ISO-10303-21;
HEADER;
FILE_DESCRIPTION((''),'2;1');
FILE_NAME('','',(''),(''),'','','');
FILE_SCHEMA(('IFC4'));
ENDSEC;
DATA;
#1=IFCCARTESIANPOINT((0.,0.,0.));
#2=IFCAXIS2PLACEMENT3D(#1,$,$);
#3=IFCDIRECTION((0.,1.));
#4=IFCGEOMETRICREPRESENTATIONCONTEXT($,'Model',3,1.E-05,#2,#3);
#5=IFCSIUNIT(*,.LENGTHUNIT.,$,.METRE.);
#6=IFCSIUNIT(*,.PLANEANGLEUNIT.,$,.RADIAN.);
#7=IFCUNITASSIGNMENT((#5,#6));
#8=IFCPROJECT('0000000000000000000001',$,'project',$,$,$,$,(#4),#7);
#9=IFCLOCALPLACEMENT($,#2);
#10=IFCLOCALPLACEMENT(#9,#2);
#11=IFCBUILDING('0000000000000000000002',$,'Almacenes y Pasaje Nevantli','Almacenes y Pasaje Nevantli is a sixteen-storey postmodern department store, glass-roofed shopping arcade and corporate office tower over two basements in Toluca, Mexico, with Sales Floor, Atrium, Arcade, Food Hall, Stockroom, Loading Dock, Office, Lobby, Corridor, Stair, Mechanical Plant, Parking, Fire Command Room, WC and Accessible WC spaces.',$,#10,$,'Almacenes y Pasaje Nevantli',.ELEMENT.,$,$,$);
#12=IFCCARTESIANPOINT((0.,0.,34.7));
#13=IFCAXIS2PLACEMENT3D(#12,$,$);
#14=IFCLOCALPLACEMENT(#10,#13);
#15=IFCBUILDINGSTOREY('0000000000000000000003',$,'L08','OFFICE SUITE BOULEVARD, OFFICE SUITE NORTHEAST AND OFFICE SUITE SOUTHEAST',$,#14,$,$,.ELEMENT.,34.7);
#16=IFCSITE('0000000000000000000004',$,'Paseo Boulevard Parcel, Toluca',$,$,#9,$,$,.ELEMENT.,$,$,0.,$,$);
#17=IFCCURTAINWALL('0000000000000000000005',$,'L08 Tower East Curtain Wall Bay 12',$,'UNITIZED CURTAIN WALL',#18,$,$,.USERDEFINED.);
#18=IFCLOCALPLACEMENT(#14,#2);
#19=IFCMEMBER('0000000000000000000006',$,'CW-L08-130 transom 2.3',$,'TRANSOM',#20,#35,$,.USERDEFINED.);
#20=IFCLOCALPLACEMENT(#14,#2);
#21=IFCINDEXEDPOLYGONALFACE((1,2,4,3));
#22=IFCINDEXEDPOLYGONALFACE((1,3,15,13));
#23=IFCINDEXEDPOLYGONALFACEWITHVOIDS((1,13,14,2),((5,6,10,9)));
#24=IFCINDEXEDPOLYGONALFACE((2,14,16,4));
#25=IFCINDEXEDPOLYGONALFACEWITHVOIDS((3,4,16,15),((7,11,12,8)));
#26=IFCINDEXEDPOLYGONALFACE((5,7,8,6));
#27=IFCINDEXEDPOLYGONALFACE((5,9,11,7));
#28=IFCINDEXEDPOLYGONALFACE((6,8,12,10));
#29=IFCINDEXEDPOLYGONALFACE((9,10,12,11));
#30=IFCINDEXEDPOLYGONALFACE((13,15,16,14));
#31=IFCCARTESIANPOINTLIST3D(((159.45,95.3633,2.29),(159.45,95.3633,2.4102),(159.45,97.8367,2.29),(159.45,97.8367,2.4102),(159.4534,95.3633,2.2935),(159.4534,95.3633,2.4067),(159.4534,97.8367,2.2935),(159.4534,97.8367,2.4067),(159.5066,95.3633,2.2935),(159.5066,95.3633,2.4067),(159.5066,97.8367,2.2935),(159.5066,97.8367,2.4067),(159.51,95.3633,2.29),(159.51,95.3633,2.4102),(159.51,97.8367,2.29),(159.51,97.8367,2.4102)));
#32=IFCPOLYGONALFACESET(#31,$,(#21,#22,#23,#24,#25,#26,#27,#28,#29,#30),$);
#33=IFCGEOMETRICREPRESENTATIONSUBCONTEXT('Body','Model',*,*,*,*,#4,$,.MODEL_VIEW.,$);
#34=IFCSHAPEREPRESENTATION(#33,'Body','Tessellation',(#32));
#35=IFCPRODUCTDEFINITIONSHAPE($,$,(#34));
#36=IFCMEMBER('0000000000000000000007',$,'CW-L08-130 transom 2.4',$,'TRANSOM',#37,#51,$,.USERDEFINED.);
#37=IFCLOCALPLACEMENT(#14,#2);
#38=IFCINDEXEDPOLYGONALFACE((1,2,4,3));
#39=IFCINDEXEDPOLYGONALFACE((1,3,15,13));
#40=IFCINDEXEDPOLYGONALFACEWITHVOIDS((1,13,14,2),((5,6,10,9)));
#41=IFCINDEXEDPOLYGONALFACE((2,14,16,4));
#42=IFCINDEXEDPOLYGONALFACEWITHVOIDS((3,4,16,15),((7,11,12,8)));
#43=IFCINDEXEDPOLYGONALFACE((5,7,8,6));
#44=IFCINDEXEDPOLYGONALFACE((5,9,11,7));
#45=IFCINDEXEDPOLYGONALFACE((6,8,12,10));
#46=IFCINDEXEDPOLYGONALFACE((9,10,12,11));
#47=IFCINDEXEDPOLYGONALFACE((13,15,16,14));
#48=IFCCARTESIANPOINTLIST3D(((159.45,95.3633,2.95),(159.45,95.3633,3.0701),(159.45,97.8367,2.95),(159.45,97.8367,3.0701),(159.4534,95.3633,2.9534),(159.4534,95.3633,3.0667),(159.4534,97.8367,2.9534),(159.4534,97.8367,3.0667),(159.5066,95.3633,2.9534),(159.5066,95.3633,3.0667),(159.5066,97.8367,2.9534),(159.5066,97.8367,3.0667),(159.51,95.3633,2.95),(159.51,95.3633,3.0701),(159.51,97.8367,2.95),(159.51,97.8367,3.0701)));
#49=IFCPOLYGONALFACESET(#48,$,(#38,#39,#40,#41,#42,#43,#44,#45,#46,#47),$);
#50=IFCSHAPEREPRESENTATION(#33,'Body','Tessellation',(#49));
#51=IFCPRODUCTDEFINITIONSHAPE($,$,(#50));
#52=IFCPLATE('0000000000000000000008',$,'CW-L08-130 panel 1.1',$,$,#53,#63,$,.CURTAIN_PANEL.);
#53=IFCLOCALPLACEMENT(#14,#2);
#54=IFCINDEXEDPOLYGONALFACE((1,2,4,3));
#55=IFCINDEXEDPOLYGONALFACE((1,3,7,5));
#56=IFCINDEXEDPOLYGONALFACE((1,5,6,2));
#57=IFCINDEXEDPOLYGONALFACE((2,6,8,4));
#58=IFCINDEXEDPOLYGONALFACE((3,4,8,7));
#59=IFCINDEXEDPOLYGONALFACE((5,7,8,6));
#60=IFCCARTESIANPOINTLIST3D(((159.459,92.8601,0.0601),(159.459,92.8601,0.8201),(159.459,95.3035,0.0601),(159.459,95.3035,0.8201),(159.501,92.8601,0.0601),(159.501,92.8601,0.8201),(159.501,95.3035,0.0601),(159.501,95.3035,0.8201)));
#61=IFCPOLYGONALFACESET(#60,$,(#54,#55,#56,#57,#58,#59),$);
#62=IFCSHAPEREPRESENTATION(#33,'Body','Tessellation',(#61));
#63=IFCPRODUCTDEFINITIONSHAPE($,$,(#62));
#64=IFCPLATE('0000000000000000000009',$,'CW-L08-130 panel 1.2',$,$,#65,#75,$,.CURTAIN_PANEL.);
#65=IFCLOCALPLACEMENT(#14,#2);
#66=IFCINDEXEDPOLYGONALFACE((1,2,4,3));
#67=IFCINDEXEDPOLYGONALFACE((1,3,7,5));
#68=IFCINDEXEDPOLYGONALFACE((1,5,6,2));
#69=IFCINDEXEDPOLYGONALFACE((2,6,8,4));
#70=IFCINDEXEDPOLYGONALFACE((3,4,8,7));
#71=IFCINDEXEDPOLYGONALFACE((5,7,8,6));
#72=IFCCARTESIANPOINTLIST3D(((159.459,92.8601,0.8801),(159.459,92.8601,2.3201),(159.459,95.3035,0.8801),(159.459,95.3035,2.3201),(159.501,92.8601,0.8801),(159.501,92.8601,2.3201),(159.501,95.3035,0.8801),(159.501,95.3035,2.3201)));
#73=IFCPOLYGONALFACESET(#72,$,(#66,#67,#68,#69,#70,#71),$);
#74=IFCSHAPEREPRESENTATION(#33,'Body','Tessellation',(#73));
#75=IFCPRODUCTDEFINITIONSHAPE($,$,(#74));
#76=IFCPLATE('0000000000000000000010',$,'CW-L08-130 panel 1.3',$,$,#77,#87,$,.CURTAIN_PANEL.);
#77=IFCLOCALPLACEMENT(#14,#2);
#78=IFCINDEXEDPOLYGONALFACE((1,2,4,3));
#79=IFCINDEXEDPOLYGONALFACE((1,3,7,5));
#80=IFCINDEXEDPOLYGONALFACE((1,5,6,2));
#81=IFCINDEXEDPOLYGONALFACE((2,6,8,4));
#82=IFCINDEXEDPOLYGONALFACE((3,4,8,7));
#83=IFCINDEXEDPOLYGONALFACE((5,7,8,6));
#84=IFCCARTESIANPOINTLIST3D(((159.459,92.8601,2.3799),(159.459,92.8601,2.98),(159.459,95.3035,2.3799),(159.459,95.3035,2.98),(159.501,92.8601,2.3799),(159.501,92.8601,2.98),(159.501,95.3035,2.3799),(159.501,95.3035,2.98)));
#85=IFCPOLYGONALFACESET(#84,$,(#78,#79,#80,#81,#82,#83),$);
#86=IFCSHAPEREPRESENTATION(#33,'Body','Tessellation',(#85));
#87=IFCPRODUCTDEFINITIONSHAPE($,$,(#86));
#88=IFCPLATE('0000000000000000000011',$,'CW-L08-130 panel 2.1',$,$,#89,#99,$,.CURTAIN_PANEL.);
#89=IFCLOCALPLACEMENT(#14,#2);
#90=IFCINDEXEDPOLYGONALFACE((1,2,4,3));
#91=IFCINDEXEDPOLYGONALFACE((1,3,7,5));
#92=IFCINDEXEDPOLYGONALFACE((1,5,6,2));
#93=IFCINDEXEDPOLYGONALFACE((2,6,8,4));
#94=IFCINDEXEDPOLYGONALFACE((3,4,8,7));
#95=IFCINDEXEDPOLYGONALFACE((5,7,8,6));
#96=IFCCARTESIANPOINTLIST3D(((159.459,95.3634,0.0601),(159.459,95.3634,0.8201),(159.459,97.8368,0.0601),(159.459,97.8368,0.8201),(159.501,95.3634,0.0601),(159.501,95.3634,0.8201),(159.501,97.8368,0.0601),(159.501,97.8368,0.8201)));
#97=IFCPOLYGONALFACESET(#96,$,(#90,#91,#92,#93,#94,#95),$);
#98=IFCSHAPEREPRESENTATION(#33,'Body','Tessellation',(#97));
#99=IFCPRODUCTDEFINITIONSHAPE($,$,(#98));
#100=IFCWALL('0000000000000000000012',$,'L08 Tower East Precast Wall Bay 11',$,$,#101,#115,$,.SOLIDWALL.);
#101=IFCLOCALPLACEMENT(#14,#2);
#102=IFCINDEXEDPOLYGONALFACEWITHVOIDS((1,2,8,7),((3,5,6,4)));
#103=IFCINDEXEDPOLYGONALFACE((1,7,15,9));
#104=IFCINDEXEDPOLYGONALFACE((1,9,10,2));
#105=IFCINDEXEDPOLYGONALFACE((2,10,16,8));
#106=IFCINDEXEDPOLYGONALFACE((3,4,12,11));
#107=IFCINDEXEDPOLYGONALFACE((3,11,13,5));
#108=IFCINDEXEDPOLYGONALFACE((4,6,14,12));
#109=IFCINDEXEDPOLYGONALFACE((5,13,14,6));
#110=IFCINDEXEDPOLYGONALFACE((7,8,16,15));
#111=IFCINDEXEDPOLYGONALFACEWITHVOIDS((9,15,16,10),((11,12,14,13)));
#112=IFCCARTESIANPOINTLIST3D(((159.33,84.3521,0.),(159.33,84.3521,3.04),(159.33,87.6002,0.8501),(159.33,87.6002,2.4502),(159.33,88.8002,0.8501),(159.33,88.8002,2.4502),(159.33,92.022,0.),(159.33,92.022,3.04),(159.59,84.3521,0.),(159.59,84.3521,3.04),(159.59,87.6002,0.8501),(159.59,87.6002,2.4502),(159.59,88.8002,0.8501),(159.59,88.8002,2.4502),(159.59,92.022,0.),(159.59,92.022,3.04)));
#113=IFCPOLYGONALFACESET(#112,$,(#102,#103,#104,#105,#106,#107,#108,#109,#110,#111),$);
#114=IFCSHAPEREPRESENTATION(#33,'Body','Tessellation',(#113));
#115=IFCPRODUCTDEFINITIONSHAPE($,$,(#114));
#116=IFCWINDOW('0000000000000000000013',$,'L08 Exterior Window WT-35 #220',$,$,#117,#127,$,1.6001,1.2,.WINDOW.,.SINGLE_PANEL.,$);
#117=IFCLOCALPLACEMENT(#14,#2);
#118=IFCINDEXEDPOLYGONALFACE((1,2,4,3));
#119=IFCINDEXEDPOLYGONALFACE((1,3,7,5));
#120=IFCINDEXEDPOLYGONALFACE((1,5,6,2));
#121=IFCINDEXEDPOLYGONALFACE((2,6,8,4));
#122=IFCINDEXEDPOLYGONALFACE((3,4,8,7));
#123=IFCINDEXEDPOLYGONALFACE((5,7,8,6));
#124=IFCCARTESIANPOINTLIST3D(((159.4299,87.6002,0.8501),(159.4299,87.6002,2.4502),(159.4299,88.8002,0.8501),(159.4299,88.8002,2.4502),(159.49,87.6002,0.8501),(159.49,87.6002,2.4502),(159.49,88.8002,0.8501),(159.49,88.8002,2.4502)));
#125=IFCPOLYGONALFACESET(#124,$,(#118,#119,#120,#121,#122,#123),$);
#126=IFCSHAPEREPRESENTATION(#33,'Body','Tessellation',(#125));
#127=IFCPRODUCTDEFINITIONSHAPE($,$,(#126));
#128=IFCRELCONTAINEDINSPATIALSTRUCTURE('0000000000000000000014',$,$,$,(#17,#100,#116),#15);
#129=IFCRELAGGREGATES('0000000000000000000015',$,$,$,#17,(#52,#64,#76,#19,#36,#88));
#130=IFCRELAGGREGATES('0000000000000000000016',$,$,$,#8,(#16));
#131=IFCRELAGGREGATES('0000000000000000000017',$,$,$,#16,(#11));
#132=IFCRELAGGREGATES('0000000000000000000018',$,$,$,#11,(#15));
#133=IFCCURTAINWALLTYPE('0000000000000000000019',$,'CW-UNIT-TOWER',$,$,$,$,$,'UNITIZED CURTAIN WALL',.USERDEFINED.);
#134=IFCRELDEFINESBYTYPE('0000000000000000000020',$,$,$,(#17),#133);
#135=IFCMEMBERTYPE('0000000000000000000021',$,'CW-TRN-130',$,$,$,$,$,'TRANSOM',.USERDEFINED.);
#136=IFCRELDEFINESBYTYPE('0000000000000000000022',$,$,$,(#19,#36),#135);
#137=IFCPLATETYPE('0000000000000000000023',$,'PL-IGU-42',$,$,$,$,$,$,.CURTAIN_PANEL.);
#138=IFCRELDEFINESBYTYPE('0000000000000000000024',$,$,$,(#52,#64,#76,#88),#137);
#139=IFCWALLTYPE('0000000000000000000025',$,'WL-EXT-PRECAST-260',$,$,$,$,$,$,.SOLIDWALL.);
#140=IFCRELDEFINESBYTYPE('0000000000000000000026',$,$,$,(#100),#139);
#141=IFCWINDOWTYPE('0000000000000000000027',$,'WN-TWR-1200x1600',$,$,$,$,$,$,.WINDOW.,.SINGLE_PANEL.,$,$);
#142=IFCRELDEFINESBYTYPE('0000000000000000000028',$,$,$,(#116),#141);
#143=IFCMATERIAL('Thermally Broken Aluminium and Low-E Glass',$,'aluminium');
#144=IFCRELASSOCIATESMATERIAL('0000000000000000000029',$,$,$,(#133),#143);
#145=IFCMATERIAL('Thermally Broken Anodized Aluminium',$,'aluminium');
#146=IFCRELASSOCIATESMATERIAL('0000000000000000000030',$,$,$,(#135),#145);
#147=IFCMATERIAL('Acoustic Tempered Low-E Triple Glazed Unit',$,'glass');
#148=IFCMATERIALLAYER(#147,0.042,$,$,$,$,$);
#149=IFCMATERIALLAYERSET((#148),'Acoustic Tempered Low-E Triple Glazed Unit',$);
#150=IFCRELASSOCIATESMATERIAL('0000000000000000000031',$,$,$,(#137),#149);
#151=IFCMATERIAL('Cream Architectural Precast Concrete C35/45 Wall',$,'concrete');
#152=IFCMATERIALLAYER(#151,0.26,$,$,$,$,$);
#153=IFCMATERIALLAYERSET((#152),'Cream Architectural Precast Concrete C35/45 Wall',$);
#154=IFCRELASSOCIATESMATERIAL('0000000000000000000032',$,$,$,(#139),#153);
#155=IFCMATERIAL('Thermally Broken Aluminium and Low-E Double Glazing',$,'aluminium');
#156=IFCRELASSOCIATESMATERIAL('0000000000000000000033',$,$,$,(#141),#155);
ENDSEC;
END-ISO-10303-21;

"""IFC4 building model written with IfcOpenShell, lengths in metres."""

from ifc_helpers import new_model, si_unit, direction, frame, frame_2d, origin, origin_2d, place, context, subcontext, project, spatial, rectangle, hollow_rectangle, extrude, material, layer, layer_set, material_profile, profile_set, type_object, element, fill, aggregate, save


model = new_model("IFC4")

# Units and contexts
model_context = context("Model", 3, precision=1e-05, world=origin(), true_north=direction((0.0, 1.0)))
body_context = subcontext(model_context, "Body", "Model", "MODEL_VIEW")
ifc_project = project(units=[si_unit("LENGTHUNIT", "METRE"), si_unit("PLANEANGLEUNIT", "RADIAN")], contexts=[model_context])

# Site, building, storey
site_placement = place(None, origin())
site = spatial("IfcSite", under=ifc_project, at=site_placement, Name="Paseo Boulevard Parcel, Toluca", CompositionType="ELEMENT", RefElevation=0.0)
building_placement = place(site_placement, origin())
building = spatial("IfcBuilding", under=site, at=building_placement, Name="Almacenes y Pasaje Nevantli", Description="Almacenes y Pasaje Nevantli is a sixteen-storey postmodern department store, glass-roofed shopping arcade and corporate office tower over two basements in Toluca, Mexico, with Sales Floor, Atrium, Arcade, Food Hall, Stockroom, Loading Dock, Office, Lobby, Corridor, Stair, Mechanical Plant, Parking, Fire Command Room, WC and Accessible WC spaces.", LongName="Almacenes y Pasaje Nevantli", CompositionType="ELEMENT")
storey_placement = place(building_placement, frame((0.0, 0.0, 34.7)))
storey = spatial("IfcBuildingStorey", under=building, at=storey_placement, Name="L08", Description="OFFICE SUITE BOULEVARD, OFFICE SUITE NORTHEAST AND OFFICE SUITE SOUTHEAST", CompositionType="ELEMENT", Elevation=34.7)

# Shared definitions
ifc_material_1 = material(Name="Thermally Broken Aluminium and Low-E Glass", Category="aluminium")
curtain_wall_type = type_object("IfcCurtainWallType", Name="CW-UNIT-TOWER", ElementType="UNITIZED CURTAIN WALL", PredefinedType="USERDEFINED", material=ifc_material_1)

# Curtain wall, members, plates
curtain_wall_1_placement = place(storey_placement, origin())
curtain_wall_1 = element("IfcCurtainWall", 1, at=curtain_wall_1_placement, inside=storey, type_object=curtain_wall_type, Name="L08 Tower East Curtain Wall Bay 12", ObjectType="UNITIZED CURTAIN WALL", PredefinedType="USERDEFINED")
ifc_material_2 = material(Name="Thermally Broken Anodized Aluminium", Category="aluminium")
ifc_material_profile_1 = material_profile(ifc_material_2, hollow_rectangle(XDim=0.0601, YDim=0.1201, WallThickness=0.0034, at=origin_2d()), Name="ALU-TRN-60x120")
ifc_profile_set_1 = profile_set([ifc_material_profile_1], Name="Thermally Broken Anodized Aluminium")
member_type_1 = type_object("IfcMemberType", Name="CW-TRN-130", ElementType="TRANSOM", PredefinedType="USERDEFINED", material=ifc_profile_set_1)
member_1_placement = place(storey_placement, frame((159.48, 95.3633, 2.3501), z_axis=(0.0, 1.0, 0.0), x_axis=(-1.0, 0.0, 0.0)))
member_1 = element("IfcMember", 2, at=member_1_placement, type_object=member_type_1, Name="CW-L08-130 transom 2.3", ObjectType="TRANSOM", PredefinedType="USERDEFINED", context=body_context, shape_type="SweptSolid", body=[
    extrude(hollow_rectangle(XDim=0.0601, YDim=0.1201, WallThickness=0.0034, at=origin_2d()), origin(), (0.0, 0.0, 1.0), 2.4734),
])
member_2_placement = place(storey_placement, frame((159.48, 95.3633, 3.01), z_axis=(0.0, 1.0, 0.0), x_axis=(-1.0, 0.0, 0.0)))
member_2 = element("IfcMember", 3, at=member_2_placement, type_object=member_type_1, Name="CW-L08-130 transom 2.4", ObjectType="TRANSOM", PredefinedType="USERDEFINED", context=body_context, shape_type="SweptSolid", body=[
    extrude(hollow_rectangle(XDim=0.0601, YDim=0.1201, WallThickness=0.0034, at=origin_2d()), origin(), (0.0, 0.0, 1.0), 2.4734),
])
ifc_material_3 = material(Name="Acoustic Tempered Low-E Triple Glazed Unit", Category="glass")
ifc_layer_1 = layer(ifc_material_3, 0.042)
ifc_layer_set_1 = layer_set([ifc_layer_1], Name="Acoustic Tempered Low-E Triple Glazed Unit")
plate_type = type_object("IfcPlateType", Name="PL-IGU-42", PredefinedType="CURTAIN_PANEL", material=ifc_layer_set_1)
plate_1_placement = place(storey_placement, frame((159.48, 94.0818, 0.0601), z_axis=(0.0, 0.0, 1.0), x_axis=(0.0, 1.0, 0.0)))
plate_1 = element("IfcPlate", 4, at=plate_1_placement, type_object=plate_type, Name="CW-L08-130 panel 1.1", PredefinedType="CURTAIN_PANEL", context=body_context, shape_type="SweptSolid", body=[
    extrude(rectangle(XDim=2.4434, YDim=0.042, at=origin_2d()), origin(), (0.0, 0.0, 1.0), 0.76),
])
plate_2_placement = place(storey_placement, frame((159.48, 94.0818, 0.8801), z_axis=(0.0, 0.0, 1.0), x_axis=(0.0, 1.0, 0.0)))
plate_2 = element("IfcPlate", 5, at=plate_2_placement, type_object=plate_type, Name="CW-L08-130 panel 1.2", PredefinedType="CURTAIN_PANEL", context=body_context, shape_type="SweptSolid", body=[
    extrude(rectangle(XDim=2.4434, YDim=0.042, at=origin_2d()), origin(), (0.0, 0.0, 1.0), 1.4399),
])
plate_3_placement = place(storey_placement, frame((159.48, 94.0818, 2.3799), z_axis=(0.0, 0.0, 1.0), x_axis=(0.0, 1.0, 0.0)))
plate_3 = element("IfcPlate", 6, at=plate_3_placement, type_object=plate_type, Name="CW-L08-130 panel 1.3", PredefinedType="CURTAIN_PANEL", context=body_context, shape_type="SweptSolid", body=[
    extrude(rectangle(XDim=2.4434, YDim=0.042, at=origin_2d()), origin(), (0.0, 0.0, 1.0), 0.6001),
])
plate_4_placement = place(storey_placement, frame((159.48, 96.6001, 0.0601), z_axis=(0.0, 0.0, 1.0), x_axis=(0.0, 1.0, 0.0)))
plate_4 = element("IfcPlate", 7, at=plate_4_placement, type_object=plate_type, Name="CW-L08-130 panel 2.1", PredefinedType="CURTAIN_PANEL", context=body_context, shape_type="SweptSolid", body=[
    extrude(rectangle(XDim=2.4734, YDim=0.042, at=origin_2d()), origin(), (0.0, 0.0, 1.0), 0.76),
])
aggregate(curtain_wall_1, [plate_1, plate_2, plate_3, member_1, member_2, plate_4])

# Wall, opening, window
ifc_material_4 = material(Name="Cream Architectural Precast Concrete C35/45 Wall", Category="concrete")
ifc_layer_2 = layer(ifc_material_4, 0.26)
ifc_layer_set_2 = layer_set([ifc_layer_2], Name="Cream Architectural Precast Concrete C35/45 Wall")
wall_type = type_object("IfcWallType", Name="WL-EXT-PRECAST-260", PredefinedType="SOLIDWALL", material=ifc_layer_set_2)
wall_placement = place(storey_placement, frame((159.46, 84.3521, 0.0), z_axis=(0.0, 0.0, 1.0), x_axis=(0.0, 1.0, 0.0)))
wall = element("IfcWall", 8, at=wall_placement, inside=storey, type_object=wall_type, Name="L08 Tower East Precast Wall Bay 11", PredefinedType="SOLIDWALL", context=body_context, shape_type="SweptSolid", body=[
    extrude(rectangle(XDim=7.6699, YDim=0.26, at=frame_2d((3.835, 0.0))), origin(), (0.0, 0.0, 1.0), 3.04),
])
opening_placement = place(wall_placement, frame((3.248, 0.0, 0.8501)))
opening = element("IfcOpeningElement", 9, at=opening_placement, cuts=wall, PredefinedType="OPENING", context=body_context, shape_type="SweptSolid", body=[
    extrude(rectangle(XDim=1.2, YDim=1.6001, at=frame_2d((0.6001, 0.8))), frame((0.0, 0.1399, 0.0), z_axis=(0.0, -1.0, 0.0), x_axis=(1.0, 0.0, 0.0)), (0.0, 0.0, 1.0), 0.28),
])
ifc_material_5 = material(Name="Thermally Broken Aluminium and Low-E Double Glazing", Category="aluminium")
window_type = type_object("IfcWindowType", Name="WN-TWR-1200x1600", PartitioningType="SINGLE_PANEL", PredefinedType="WINDOW", material=ifc_material_5)
window_placement = place(opening_placement, origin())
window = element("IfcWindow", 10, at=window_placement, inside=storey, type_object=window_type, Name="L08 Exterior Window WT-35 #220", OverallHeight=1.6001, OverallWidth=1.2, PartitioningType="SINGLE_PANEL", PredefinedType="WINDOW", context=body_context, shape_type="SweptSolid", body=[
    extrude(rectangle(XDim=1.2, YDim=1.6001, at=frame_2d((0.6001, 0.8))), frame((0.0, 0.03, 0.0), z_axis=(0.0, -1.0, 0.0), x_axis=(1.0, 0.0, 0.0)), (0.0, 0.0, 1.0), 0.0601),
])
fill(opening, window)

save(model, "model.ifc")
